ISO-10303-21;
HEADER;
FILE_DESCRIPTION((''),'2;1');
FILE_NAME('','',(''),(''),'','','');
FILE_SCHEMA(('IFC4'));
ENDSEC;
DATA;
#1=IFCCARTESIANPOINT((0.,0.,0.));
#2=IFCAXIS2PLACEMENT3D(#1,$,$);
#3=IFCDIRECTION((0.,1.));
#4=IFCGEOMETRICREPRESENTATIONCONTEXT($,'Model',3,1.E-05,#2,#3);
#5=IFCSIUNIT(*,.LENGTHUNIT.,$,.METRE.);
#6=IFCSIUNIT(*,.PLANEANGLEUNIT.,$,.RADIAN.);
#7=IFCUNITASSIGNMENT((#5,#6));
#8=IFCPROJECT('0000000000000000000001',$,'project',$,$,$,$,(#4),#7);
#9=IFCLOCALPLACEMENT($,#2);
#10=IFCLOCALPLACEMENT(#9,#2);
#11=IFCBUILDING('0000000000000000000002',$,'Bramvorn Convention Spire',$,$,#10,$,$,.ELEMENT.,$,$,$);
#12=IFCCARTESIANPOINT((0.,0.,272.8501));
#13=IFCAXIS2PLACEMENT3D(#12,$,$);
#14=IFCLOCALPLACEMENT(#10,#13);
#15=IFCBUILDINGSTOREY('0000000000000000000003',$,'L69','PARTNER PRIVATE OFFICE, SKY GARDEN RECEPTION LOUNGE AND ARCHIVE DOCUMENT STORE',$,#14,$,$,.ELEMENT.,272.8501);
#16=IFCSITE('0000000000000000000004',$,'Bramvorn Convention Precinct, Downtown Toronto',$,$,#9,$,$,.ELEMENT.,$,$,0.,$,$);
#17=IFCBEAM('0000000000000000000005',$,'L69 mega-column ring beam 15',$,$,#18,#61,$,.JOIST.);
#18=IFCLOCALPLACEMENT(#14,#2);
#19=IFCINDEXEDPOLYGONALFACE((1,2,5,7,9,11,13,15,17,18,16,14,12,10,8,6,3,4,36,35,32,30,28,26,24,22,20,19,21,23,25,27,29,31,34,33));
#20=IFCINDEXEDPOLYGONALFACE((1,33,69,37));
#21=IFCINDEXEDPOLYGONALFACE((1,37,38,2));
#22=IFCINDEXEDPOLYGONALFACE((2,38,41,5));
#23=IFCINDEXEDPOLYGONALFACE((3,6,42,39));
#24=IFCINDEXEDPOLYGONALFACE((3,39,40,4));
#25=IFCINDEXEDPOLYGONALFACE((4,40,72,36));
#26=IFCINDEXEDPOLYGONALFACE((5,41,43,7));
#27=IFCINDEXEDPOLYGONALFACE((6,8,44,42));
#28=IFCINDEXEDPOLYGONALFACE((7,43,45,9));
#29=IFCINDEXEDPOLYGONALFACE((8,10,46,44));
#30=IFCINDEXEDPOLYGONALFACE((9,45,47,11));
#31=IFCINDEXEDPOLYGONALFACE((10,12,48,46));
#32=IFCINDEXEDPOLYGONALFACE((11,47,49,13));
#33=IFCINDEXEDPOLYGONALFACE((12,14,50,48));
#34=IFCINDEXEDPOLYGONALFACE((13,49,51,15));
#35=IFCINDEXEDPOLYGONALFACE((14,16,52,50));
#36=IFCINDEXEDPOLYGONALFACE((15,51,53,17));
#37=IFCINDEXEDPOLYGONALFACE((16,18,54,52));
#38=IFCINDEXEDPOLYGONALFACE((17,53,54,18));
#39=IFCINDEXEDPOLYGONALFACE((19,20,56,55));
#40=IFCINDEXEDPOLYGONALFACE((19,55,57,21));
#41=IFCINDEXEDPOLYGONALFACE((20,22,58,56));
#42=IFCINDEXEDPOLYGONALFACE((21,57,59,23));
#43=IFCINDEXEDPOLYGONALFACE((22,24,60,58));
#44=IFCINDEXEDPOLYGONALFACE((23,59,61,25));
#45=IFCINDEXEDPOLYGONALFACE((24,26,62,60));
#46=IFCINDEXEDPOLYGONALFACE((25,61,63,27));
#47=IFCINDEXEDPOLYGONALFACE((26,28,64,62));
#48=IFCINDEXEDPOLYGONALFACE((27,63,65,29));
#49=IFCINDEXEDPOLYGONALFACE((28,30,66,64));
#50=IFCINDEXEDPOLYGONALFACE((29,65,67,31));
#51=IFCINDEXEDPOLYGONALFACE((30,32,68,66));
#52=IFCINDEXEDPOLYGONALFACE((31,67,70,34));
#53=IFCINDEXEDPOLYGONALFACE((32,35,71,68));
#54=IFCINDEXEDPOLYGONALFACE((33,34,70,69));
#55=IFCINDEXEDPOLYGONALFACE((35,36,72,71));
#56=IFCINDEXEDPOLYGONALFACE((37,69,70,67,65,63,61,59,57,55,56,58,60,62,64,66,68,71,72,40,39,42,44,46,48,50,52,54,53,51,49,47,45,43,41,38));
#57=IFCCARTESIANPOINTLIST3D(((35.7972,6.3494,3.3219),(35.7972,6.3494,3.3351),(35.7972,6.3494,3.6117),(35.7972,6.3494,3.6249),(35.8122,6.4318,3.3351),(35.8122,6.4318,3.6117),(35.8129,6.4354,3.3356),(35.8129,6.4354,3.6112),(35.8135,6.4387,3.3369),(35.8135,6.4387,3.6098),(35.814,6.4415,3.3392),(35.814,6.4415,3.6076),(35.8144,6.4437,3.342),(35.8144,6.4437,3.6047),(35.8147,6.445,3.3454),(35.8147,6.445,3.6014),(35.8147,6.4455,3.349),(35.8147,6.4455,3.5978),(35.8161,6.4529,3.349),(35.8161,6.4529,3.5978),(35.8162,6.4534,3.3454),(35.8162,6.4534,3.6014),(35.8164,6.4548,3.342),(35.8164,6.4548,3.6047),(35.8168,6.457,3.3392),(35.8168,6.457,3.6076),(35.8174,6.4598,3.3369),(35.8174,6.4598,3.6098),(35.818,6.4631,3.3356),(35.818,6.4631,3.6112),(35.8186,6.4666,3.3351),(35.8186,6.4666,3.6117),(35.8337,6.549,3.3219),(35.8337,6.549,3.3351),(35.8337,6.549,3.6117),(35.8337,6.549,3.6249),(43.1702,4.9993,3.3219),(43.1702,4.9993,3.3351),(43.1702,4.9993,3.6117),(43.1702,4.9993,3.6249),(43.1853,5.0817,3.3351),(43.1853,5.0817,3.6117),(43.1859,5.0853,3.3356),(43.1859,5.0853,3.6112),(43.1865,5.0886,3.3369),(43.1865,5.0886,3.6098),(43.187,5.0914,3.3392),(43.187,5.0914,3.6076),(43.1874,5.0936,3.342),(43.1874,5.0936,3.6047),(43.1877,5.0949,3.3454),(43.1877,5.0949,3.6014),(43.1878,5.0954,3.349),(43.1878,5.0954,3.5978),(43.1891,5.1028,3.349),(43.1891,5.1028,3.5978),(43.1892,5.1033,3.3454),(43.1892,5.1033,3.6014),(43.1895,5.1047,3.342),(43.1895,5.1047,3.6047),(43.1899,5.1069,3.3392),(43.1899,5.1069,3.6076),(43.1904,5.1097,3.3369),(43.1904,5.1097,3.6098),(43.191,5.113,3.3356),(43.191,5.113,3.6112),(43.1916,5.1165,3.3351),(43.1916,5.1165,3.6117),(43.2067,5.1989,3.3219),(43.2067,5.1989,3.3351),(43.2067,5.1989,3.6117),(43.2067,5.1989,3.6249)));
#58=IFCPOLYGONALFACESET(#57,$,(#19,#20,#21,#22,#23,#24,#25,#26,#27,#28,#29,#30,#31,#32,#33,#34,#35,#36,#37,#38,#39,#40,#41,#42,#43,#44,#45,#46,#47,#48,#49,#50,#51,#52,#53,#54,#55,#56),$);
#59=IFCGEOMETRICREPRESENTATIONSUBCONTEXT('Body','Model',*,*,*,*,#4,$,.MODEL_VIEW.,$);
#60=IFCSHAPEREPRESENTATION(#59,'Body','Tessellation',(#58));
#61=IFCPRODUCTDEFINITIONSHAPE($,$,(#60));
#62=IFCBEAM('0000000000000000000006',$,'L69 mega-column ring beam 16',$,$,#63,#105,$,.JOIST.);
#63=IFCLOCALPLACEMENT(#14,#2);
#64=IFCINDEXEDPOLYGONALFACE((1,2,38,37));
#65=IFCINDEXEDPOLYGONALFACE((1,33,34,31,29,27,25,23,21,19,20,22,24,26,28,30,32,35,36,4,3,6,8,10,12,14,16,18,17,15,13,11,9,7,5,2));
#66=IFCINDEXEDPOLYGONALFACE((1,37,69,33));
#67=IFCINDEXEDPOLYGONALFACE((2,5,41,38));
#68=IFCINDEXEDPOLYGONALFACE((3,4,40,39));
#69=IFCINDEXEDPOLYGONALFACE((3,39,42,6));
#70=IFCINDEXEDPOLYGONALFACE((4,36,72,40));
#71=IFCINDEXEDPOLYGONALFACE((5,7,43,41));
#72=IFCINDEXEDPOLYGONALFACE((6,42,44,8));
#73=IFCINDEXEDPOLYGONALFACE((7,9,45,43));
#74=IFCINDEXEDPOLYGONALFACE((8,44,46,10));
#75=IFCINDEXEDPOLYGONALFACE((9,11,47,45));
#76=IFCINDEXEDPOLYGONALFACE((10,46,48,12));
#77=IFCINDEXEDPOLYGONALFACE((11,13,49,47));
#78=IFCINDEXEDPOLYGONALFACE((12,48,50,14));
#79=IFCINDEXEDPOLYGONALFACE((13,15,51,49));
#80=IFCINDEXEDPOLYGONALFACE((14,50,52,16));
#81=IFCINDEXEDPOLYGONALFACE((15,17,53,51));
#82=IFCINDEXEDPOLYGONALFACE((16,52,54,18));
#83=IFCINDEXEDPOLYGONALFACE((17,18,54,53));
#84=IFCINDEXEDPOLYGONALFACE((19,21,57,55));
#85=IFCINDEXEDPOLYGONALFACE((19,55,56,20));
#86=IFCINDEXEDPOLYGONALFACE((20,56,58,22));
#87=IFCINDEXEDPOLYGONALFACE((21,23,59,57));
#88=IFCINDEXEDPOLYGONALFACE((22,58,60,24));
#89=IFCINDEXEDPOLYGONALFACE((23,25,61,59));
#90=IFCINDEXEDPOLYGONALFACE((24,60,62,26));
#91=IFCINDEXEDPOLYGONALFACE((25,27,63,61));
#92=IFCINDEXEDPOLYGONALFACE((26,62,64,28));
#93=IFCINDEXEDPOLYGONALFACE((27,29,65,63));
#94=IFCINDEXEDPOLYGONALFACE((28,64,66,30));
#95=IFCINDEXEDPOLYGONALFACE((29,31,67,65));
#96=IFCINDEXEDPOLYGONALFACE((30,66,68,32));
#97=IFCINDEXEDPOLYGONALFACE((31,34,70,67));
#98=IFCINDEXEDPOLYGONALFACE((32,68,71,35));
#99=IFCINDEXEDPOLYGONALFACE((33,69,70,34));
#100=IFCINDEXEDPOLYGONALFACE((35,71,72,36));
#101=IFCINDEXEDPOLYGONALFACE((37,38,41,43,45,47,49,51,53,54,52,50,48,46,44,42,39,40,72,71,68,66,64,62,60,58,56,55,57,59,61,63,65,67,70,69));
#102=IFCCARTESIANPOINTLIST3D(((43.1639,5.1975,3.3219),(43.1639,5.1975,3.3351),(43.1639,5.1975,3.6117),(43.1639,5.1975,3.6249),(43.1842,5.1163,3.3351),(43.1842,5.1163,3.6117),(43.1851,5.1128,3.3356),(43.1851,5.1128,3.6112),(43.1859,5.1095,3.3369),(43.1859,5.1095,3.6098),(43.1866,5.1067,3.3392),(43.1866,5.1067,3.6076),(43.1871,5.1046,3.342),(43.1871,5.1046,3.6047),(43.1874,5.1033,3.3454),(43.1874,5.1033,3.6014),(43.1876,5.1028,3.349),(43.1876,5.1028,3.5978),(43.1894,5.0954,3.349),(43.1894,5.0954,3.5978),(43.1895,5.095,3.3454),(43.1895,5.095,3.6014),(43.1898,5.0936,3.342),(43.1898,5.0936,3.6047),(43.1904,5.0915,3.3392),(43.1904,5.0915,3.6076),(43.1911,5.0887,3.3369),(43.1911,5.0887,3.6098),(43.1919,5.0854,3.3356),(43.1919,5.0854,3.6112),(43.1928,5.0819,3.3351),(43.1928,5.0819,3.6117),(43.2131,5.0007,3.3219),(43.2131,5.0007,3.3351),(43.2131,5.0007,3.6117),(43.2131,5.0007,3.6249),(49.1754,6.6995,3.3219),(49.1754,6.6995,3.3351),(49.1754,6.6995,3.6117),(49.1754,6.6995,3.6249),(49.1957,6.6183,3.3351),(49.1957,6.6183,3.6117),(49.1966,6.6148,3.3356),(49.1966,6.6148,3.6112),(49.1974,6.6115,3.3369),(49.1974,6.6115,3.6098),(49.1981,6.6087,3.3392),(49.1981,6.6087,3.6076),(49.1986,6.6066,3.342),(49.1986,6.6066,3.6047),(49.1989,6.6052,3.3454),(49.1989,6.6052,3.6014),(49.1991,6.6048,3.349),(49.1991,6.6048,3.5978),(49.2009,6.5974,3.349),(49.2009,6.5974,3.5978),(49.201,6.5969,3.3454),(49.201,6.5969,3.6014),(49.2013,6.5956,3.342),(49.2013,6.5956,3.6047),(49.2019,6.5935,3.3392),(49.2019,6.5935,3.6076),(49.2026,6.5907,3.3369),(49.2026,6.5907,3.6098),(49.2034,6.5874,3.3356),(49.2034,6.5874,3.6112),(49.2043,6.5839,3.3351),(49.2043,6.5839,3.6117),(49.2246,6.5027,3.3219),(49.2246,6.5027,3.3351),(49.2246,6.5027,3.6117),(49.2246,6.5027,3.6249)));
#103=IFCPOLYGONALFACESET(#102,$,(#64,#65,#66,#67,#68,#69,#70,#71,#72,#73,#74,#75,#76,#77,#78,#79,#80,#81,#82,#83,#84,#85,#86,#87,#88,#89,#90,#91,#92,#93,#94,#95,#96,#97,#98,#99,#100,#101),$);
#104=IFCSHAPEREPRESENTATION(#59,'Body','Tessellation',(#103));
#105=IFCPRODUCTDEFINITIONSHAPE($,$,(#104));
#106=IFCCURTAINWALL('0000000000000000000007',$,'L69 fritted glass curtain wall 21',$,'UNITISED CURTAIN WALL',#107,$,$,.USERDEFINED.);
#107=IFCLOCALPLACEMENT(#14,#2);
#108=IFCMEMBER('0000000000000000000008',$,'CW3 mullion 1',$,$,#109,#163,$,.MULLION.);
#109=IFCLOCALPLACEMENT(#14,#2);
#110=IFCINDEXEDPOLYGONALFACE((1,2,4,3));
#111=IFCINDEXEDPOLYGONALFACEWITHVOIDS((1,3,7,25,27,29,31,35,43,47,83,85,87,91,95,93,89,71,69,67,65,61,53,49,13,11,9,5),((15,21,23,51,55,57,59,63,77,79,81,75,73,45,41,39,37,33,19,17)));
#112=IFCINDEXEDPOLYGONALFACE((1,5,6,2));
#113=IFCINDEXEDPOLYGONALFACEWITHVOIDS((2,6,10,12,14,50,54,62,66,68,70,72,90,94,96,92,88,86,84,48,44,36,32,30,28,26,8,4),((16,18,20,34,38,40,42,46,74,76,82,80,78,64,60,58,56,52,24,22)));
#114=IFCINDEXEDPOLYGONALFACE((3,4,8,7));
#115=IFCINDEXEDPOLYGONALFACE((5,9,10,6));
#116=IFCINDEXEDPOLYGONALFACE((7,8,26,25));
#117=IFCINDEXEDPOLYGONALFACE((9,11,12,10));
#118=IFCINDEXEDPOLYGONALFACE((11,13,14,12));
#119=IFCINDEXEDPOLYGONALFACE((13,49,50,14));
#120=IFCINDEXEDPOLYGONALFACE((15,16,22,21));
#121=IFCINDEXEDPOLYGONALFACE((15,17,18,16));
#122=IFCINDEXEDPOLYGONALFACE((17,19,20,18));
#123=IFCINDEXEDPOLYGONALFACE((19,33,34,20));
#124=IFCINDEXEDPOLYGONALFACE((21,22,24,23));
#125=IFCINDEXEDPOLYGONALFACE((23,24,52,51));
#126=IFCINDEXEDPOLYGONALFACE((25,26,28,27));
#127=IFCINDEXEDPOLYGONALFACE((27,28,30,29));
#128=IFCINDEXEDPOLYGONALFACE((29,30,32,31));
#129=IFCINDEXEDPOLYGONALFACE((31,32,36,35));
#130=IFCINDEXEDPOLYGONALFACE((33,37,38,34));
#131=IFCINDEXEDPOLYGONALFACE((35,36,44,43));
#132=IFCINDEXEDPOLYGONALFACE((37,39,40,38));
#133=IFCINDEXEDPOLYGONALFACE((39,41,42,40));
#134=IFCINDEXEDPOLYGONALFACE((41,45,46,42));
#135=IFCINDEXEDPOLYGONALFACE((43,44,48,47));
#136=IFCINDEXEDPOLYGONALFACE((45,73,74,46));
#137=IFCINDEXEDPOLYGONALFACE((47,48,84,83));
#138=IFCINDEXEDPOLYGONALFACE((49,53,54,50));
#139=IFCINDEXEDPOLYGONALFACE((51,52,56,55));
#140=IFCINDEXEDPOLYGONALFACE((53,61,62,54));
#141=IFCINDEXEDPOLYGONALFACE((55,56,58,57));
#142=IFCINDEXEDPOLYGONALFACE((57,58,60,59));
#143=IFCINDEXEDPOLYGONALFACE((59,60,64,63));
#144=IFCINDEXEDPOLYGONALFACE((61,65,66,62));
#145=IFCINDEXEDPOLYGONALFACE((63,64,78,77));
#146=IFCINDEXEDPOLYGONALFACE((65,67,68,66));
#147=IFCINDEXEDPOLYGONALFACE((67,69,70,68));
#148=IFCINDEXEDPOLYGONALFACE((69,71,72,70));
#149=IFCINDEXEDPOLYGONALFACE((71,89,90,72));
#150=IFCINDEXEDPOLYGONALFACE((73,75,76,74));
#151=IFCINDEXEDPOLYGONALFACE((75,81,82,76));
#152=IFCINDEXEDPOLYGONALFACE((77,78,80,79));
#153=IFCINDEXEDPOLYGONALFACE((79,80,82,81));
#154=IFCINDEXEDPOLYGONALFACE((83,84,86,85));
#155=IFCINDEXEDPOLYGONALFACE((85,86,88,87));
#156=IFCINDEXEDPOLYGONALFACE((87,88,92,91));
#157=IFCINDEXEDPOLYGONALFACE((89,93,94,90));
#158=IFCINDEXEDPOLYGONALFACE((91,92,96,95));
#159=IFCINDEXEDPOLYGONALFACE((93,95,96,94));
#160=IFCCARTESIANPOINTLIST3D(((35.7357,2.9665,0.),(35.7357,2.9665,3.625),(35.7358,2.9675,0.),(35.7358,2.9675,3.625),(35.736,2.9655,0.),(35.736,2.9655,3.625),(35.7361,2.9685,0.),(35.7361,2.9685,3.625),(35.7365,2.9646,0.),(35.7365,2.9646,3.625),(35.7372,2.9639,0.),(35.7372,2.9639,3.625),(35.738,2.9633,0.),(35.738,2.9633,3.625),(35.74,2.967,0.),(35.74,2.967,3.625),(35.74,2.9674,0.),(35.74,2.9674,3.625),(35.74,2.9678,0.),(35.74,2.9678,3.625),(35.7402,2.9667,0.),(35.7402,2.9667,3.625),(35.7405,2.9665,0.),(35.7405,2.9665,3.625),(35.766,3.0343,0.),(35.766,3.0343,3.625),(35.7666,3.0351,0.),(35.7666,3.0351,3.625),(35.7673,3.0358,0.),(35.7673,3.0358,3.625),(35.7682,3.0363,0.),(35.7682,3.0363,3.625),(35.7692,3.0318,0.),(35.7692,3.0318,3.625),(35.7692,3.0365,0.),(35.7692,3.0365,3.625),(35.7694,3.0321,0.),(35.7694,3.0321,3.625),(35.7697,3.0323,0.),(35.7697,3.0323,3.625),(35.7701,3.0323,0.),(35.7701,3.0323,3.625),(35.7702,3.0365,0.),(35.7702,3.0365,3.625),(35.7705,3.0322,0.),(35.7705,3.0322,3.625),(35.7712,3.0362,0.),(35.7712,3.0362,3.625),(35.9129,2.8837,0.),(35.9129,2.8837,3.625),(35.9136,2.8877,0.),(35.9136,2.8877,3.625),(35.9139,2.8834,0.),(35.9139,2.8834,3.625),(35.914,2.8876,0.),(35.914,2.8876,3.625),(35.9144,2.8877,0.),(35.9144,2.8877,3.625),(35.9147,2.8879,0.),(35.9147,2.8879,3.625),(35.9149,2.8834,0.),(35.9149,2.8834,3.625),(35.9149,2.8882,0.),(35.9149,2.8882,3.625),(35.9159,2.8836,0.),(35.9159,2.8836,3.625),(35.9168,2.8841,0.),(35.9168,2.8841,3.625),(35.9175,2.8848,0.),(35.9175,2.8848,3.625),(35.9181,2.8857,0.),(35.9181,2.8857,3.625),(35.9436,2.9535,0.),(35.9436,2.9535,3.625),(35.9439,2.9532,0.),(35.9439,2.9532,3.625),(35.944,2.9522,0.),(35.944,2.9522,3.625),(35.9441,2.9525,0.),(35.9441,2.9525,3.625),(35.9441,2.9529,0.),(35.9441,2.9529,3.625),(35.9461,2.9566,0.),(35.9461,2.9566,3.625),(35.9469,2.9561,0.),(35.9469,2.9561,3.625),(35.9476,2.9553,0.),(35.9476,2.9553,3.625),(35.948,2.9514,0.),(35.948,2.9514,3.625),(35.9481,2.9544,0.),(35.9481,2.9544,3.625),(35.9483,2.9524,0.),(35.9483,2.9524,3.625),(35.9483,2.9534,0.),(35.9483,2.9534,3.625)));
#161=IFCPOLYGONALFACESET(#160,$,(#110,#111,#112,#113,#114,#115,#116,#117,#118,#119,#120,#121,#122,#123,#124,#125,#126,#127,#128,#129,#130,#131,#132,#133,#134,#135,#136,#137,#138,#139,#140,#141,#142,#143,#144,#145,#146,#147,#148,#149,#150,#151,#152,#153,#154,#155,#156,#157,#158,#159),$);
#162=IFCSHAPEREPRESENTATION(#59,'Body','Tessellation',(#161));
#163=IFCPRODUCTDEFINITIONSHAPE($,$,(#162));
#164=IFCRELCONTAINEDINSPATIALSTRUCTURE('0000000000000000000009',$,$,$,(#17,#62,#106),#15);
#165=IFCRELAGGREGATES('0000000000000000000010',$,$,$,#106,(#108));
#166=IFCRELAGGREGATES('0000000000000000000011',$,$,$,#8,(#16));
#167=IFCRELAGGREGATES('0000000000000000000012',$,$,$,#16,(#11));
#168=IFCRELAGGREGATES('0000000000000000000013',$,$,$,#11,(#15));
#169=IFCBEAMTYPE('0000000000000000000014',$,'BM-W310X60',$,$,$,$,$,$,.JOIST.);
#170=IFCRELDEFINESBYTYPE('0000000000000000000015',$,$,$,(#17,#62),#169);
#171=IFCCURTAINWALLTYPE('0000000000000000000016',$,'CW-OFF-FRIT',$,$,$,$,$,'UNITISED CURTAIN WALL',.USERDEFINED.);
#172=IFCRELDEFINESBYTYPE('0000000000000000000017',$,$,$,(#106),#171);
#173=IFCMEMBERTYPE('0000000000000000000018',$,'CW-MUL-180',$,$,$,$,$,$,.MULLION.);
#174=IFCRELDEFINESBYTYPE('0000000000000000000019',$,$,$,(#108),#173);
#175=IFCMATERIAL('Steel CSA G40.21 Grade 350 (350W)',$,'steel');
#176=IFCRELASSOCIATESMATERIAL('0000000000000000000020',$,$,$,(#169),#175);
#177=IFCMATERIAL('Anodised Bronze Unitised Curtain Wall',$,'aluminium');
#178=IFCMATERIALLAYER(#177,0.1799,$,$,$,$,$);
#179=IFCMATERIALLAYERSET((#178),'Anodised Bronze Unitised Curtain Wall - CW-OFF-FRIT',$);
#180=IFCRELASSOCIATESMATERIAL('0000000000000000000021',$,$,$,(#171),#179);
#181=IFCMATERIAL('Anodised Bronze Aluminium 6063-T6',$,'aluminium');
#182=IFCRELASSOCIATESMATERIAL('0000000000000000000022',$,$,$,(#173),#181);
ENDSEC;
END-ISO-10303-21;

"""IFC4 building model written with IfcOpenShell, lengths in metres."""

from ifc_helpers import new_model, si_unit, direction, frame, origin, origin_2d, place, context, subcontext, project, spatial, hollow_rectangle, i_section, extrude, material, layer, layer_set, material_profile, profile_set, type_object, element, aggregate, save


model = new_model("IFC4")

# Units and contexts
model_context = context("Model", 3, precision=1e-05, world=origin(), true_north=direction((0.0, 1.0)))
body_context = subcontext(model_context, "Body", "Model", "MODEL_VIEW")
ifc_project = project(units=[si_unit("LENGTHUNIT", "METRE"), si_unit("PLANEANGLEUNIT", "RADIAN")], contexts=[model_context])

# Site, building, storey
site_placement = place(None, origin())
site = spatial("IfcSite", under=ifc_project, at=site_placement, Name="Bramvorn Convention Precinct, Downtown Toronto", CompositionType="ELEMENT", RefElevation=0.0)
building_placement = place(site_placement, origin())
building = spatial("IfcBuilding", under=site, at=building_placement, Name="Bramvorn Convention Spire", CompositionType="ELEMENT")
storey_placement = place(building_placement, frame((0.0, 0.0, 272.8501)))
storey = spatial("IfcBuildingStorey", under=building, at=storey_placement, Name="L69", Description="PARTNER PRIVATE OFFICE, SKY GARDEN RECEPTION LOUNGE AND ARCHIVE DOCUMENT STORE", CompositionType="ELEMENT", Elevation=272.8501)

# Shared definitions
ifc_material_1 = material(Name="Steel CSA G40.21 Grade 350 (350W)", Category="steel")

# Beams
ifc_material_profile_1 = material_profile(ifc_material_1, i_section(OverallWidth=0.2029, OverallDepth=0.303, WebThickness=0.0076, FlangeThickness=0.0132, FilletRadius=0.0139, at=origin_2d()))
ifc_profile_set_1 = profile_set([ifc_material_profile_1], Name="Steel CSA G40.21 Grade 350 (350W) - W310X60")
beam_type_1 = type_object("IfcBeamType", Name="BM-W310X60", PredefinedType="JOIST", material=ifc_profile_set_1)
beam_1_placement = place(storey_placement, frame((35.8154, 6.4492, 3.4734), z_axis=(0.983645, -0.180118, 0.0), x_axis=(0.180118, 0.983645, 0.0)))
element("IfcBeam", 1, at=beam_1_placement, inside=storey, type_object=beam_type_1, Name="L69 mega-column ring beam 15", PredefinedType="JOIST", context=body_context, shape_type="SweptSolid", body=[
    extrude(i_section(OverallWidth=0.2029, OverallDepth=0.303, WebThickness=0.0076, FlangeThickness=0.0132, FilletRadius=0.0139, at=origin_2d()), origin(), (0.0, 0.0, 1.0), 7.4956),
])
beam_2_placement = place(storey_placement, frame((43.1885, 5.0991, 3.4734), z_axis=(0.970177, 0.242397, 0.0), x_axis=(-0.242397, 0.970177, 0.0)))
element("IfcBeam", 2, at=beam_2_placement, inside=storey, type_object=beam_type_1, Name="L69 mega-column ring beam 16", PredefinedType="JOIST", context=body_context, shape_type="SweptSolid", body=[
    extrude(i_section(OverallWidth=0.2029, OverallDepth=0.303, WebThickness=0.0076, FlangeThickness=0.0132, FilletRadius=0.0139, at=origin_2d()), origin(), (0.0, 0.0, 1.0), 6.1963),
])

# Curtain wall, member
ifc_material_2 = material(Name="Anodised Bronze Unitised Curtain Wall", Category="aluminium")
ifc_layer_1 = layer(ifc_material_2, 0.1799)
ifc_layer_set_1 = layer_set([ifc_layer_1], Name="Anodised Bronze Unitised Curtain Wall - CW-OFF-FRIT")
curtain_wall_type = type_object("IfcCurtainWallType", Name="CW-OFF-FRIT", ElementType="UNITISED CURTAIN WALL", PredefinedType="USERDEFINED", material=ifc_layer_set_1)
curtain_wall_1_placement = place(storey_placement, origin())
curtain_wall_1 = element("IfcCurtainWall", 3, at=curtain_wall_1_placement, inside=storey, type_object=curtain_wall_type, Name="L69 fritted glass curtain wall 21", ObjectType="UNITISED CURTAIN WALL", PredefinedType="USERDEFINED")
ifc_material_3 = material(Name="Anodised Bronze Aluminium 6063-T6", Category="aluminium")
ifc_material_profile_2 = material_profile(ifc_material_3, hollow_rectangle(XDim=0.0801, YDim=0.2, WallThickness=0.0039, InnerFilletRadius=0.001, OuterFilletRadius=0.0039, at=origin_2d()))
ifc_profile_set_2 = profile_set([ifc_material_profile_2], Name="Anodised Bronze Aluminium 6063-T6 - CWM80X200")
member_type_1 = type_object("IfcMemberType", Name="CW-MUL-180", PredefinedType="MULLION", material=ifc_profile_set_2)
member_1_placement = place(storey_placement, frame((35.842, 2.96, 0.0), z_axis=(0.0, 0.0, 1.0), x_axis=(-0.414229, -0.910173, 0.0)))
member_1 = element("IfcMember", 4, at=member_1_placement, type_object=member_type_1, Name="CW3 mullion 1", PredefinedType="MULLION", context=body_context, shape_type="SweptSolid", body=[
    extrude(hollow_rectangle(XDim=0.0801, YDim=0.2, WallThickness=0.0039, InnerFilletRadius=0.001, OuterFilletRadius=0.0039, at=origin_2d()), origin(), (0.0, 0.0, 1.0), 3.625),
])
aggregate(curtain_wall_1, [member_1])

save(model, "model.ifc")
